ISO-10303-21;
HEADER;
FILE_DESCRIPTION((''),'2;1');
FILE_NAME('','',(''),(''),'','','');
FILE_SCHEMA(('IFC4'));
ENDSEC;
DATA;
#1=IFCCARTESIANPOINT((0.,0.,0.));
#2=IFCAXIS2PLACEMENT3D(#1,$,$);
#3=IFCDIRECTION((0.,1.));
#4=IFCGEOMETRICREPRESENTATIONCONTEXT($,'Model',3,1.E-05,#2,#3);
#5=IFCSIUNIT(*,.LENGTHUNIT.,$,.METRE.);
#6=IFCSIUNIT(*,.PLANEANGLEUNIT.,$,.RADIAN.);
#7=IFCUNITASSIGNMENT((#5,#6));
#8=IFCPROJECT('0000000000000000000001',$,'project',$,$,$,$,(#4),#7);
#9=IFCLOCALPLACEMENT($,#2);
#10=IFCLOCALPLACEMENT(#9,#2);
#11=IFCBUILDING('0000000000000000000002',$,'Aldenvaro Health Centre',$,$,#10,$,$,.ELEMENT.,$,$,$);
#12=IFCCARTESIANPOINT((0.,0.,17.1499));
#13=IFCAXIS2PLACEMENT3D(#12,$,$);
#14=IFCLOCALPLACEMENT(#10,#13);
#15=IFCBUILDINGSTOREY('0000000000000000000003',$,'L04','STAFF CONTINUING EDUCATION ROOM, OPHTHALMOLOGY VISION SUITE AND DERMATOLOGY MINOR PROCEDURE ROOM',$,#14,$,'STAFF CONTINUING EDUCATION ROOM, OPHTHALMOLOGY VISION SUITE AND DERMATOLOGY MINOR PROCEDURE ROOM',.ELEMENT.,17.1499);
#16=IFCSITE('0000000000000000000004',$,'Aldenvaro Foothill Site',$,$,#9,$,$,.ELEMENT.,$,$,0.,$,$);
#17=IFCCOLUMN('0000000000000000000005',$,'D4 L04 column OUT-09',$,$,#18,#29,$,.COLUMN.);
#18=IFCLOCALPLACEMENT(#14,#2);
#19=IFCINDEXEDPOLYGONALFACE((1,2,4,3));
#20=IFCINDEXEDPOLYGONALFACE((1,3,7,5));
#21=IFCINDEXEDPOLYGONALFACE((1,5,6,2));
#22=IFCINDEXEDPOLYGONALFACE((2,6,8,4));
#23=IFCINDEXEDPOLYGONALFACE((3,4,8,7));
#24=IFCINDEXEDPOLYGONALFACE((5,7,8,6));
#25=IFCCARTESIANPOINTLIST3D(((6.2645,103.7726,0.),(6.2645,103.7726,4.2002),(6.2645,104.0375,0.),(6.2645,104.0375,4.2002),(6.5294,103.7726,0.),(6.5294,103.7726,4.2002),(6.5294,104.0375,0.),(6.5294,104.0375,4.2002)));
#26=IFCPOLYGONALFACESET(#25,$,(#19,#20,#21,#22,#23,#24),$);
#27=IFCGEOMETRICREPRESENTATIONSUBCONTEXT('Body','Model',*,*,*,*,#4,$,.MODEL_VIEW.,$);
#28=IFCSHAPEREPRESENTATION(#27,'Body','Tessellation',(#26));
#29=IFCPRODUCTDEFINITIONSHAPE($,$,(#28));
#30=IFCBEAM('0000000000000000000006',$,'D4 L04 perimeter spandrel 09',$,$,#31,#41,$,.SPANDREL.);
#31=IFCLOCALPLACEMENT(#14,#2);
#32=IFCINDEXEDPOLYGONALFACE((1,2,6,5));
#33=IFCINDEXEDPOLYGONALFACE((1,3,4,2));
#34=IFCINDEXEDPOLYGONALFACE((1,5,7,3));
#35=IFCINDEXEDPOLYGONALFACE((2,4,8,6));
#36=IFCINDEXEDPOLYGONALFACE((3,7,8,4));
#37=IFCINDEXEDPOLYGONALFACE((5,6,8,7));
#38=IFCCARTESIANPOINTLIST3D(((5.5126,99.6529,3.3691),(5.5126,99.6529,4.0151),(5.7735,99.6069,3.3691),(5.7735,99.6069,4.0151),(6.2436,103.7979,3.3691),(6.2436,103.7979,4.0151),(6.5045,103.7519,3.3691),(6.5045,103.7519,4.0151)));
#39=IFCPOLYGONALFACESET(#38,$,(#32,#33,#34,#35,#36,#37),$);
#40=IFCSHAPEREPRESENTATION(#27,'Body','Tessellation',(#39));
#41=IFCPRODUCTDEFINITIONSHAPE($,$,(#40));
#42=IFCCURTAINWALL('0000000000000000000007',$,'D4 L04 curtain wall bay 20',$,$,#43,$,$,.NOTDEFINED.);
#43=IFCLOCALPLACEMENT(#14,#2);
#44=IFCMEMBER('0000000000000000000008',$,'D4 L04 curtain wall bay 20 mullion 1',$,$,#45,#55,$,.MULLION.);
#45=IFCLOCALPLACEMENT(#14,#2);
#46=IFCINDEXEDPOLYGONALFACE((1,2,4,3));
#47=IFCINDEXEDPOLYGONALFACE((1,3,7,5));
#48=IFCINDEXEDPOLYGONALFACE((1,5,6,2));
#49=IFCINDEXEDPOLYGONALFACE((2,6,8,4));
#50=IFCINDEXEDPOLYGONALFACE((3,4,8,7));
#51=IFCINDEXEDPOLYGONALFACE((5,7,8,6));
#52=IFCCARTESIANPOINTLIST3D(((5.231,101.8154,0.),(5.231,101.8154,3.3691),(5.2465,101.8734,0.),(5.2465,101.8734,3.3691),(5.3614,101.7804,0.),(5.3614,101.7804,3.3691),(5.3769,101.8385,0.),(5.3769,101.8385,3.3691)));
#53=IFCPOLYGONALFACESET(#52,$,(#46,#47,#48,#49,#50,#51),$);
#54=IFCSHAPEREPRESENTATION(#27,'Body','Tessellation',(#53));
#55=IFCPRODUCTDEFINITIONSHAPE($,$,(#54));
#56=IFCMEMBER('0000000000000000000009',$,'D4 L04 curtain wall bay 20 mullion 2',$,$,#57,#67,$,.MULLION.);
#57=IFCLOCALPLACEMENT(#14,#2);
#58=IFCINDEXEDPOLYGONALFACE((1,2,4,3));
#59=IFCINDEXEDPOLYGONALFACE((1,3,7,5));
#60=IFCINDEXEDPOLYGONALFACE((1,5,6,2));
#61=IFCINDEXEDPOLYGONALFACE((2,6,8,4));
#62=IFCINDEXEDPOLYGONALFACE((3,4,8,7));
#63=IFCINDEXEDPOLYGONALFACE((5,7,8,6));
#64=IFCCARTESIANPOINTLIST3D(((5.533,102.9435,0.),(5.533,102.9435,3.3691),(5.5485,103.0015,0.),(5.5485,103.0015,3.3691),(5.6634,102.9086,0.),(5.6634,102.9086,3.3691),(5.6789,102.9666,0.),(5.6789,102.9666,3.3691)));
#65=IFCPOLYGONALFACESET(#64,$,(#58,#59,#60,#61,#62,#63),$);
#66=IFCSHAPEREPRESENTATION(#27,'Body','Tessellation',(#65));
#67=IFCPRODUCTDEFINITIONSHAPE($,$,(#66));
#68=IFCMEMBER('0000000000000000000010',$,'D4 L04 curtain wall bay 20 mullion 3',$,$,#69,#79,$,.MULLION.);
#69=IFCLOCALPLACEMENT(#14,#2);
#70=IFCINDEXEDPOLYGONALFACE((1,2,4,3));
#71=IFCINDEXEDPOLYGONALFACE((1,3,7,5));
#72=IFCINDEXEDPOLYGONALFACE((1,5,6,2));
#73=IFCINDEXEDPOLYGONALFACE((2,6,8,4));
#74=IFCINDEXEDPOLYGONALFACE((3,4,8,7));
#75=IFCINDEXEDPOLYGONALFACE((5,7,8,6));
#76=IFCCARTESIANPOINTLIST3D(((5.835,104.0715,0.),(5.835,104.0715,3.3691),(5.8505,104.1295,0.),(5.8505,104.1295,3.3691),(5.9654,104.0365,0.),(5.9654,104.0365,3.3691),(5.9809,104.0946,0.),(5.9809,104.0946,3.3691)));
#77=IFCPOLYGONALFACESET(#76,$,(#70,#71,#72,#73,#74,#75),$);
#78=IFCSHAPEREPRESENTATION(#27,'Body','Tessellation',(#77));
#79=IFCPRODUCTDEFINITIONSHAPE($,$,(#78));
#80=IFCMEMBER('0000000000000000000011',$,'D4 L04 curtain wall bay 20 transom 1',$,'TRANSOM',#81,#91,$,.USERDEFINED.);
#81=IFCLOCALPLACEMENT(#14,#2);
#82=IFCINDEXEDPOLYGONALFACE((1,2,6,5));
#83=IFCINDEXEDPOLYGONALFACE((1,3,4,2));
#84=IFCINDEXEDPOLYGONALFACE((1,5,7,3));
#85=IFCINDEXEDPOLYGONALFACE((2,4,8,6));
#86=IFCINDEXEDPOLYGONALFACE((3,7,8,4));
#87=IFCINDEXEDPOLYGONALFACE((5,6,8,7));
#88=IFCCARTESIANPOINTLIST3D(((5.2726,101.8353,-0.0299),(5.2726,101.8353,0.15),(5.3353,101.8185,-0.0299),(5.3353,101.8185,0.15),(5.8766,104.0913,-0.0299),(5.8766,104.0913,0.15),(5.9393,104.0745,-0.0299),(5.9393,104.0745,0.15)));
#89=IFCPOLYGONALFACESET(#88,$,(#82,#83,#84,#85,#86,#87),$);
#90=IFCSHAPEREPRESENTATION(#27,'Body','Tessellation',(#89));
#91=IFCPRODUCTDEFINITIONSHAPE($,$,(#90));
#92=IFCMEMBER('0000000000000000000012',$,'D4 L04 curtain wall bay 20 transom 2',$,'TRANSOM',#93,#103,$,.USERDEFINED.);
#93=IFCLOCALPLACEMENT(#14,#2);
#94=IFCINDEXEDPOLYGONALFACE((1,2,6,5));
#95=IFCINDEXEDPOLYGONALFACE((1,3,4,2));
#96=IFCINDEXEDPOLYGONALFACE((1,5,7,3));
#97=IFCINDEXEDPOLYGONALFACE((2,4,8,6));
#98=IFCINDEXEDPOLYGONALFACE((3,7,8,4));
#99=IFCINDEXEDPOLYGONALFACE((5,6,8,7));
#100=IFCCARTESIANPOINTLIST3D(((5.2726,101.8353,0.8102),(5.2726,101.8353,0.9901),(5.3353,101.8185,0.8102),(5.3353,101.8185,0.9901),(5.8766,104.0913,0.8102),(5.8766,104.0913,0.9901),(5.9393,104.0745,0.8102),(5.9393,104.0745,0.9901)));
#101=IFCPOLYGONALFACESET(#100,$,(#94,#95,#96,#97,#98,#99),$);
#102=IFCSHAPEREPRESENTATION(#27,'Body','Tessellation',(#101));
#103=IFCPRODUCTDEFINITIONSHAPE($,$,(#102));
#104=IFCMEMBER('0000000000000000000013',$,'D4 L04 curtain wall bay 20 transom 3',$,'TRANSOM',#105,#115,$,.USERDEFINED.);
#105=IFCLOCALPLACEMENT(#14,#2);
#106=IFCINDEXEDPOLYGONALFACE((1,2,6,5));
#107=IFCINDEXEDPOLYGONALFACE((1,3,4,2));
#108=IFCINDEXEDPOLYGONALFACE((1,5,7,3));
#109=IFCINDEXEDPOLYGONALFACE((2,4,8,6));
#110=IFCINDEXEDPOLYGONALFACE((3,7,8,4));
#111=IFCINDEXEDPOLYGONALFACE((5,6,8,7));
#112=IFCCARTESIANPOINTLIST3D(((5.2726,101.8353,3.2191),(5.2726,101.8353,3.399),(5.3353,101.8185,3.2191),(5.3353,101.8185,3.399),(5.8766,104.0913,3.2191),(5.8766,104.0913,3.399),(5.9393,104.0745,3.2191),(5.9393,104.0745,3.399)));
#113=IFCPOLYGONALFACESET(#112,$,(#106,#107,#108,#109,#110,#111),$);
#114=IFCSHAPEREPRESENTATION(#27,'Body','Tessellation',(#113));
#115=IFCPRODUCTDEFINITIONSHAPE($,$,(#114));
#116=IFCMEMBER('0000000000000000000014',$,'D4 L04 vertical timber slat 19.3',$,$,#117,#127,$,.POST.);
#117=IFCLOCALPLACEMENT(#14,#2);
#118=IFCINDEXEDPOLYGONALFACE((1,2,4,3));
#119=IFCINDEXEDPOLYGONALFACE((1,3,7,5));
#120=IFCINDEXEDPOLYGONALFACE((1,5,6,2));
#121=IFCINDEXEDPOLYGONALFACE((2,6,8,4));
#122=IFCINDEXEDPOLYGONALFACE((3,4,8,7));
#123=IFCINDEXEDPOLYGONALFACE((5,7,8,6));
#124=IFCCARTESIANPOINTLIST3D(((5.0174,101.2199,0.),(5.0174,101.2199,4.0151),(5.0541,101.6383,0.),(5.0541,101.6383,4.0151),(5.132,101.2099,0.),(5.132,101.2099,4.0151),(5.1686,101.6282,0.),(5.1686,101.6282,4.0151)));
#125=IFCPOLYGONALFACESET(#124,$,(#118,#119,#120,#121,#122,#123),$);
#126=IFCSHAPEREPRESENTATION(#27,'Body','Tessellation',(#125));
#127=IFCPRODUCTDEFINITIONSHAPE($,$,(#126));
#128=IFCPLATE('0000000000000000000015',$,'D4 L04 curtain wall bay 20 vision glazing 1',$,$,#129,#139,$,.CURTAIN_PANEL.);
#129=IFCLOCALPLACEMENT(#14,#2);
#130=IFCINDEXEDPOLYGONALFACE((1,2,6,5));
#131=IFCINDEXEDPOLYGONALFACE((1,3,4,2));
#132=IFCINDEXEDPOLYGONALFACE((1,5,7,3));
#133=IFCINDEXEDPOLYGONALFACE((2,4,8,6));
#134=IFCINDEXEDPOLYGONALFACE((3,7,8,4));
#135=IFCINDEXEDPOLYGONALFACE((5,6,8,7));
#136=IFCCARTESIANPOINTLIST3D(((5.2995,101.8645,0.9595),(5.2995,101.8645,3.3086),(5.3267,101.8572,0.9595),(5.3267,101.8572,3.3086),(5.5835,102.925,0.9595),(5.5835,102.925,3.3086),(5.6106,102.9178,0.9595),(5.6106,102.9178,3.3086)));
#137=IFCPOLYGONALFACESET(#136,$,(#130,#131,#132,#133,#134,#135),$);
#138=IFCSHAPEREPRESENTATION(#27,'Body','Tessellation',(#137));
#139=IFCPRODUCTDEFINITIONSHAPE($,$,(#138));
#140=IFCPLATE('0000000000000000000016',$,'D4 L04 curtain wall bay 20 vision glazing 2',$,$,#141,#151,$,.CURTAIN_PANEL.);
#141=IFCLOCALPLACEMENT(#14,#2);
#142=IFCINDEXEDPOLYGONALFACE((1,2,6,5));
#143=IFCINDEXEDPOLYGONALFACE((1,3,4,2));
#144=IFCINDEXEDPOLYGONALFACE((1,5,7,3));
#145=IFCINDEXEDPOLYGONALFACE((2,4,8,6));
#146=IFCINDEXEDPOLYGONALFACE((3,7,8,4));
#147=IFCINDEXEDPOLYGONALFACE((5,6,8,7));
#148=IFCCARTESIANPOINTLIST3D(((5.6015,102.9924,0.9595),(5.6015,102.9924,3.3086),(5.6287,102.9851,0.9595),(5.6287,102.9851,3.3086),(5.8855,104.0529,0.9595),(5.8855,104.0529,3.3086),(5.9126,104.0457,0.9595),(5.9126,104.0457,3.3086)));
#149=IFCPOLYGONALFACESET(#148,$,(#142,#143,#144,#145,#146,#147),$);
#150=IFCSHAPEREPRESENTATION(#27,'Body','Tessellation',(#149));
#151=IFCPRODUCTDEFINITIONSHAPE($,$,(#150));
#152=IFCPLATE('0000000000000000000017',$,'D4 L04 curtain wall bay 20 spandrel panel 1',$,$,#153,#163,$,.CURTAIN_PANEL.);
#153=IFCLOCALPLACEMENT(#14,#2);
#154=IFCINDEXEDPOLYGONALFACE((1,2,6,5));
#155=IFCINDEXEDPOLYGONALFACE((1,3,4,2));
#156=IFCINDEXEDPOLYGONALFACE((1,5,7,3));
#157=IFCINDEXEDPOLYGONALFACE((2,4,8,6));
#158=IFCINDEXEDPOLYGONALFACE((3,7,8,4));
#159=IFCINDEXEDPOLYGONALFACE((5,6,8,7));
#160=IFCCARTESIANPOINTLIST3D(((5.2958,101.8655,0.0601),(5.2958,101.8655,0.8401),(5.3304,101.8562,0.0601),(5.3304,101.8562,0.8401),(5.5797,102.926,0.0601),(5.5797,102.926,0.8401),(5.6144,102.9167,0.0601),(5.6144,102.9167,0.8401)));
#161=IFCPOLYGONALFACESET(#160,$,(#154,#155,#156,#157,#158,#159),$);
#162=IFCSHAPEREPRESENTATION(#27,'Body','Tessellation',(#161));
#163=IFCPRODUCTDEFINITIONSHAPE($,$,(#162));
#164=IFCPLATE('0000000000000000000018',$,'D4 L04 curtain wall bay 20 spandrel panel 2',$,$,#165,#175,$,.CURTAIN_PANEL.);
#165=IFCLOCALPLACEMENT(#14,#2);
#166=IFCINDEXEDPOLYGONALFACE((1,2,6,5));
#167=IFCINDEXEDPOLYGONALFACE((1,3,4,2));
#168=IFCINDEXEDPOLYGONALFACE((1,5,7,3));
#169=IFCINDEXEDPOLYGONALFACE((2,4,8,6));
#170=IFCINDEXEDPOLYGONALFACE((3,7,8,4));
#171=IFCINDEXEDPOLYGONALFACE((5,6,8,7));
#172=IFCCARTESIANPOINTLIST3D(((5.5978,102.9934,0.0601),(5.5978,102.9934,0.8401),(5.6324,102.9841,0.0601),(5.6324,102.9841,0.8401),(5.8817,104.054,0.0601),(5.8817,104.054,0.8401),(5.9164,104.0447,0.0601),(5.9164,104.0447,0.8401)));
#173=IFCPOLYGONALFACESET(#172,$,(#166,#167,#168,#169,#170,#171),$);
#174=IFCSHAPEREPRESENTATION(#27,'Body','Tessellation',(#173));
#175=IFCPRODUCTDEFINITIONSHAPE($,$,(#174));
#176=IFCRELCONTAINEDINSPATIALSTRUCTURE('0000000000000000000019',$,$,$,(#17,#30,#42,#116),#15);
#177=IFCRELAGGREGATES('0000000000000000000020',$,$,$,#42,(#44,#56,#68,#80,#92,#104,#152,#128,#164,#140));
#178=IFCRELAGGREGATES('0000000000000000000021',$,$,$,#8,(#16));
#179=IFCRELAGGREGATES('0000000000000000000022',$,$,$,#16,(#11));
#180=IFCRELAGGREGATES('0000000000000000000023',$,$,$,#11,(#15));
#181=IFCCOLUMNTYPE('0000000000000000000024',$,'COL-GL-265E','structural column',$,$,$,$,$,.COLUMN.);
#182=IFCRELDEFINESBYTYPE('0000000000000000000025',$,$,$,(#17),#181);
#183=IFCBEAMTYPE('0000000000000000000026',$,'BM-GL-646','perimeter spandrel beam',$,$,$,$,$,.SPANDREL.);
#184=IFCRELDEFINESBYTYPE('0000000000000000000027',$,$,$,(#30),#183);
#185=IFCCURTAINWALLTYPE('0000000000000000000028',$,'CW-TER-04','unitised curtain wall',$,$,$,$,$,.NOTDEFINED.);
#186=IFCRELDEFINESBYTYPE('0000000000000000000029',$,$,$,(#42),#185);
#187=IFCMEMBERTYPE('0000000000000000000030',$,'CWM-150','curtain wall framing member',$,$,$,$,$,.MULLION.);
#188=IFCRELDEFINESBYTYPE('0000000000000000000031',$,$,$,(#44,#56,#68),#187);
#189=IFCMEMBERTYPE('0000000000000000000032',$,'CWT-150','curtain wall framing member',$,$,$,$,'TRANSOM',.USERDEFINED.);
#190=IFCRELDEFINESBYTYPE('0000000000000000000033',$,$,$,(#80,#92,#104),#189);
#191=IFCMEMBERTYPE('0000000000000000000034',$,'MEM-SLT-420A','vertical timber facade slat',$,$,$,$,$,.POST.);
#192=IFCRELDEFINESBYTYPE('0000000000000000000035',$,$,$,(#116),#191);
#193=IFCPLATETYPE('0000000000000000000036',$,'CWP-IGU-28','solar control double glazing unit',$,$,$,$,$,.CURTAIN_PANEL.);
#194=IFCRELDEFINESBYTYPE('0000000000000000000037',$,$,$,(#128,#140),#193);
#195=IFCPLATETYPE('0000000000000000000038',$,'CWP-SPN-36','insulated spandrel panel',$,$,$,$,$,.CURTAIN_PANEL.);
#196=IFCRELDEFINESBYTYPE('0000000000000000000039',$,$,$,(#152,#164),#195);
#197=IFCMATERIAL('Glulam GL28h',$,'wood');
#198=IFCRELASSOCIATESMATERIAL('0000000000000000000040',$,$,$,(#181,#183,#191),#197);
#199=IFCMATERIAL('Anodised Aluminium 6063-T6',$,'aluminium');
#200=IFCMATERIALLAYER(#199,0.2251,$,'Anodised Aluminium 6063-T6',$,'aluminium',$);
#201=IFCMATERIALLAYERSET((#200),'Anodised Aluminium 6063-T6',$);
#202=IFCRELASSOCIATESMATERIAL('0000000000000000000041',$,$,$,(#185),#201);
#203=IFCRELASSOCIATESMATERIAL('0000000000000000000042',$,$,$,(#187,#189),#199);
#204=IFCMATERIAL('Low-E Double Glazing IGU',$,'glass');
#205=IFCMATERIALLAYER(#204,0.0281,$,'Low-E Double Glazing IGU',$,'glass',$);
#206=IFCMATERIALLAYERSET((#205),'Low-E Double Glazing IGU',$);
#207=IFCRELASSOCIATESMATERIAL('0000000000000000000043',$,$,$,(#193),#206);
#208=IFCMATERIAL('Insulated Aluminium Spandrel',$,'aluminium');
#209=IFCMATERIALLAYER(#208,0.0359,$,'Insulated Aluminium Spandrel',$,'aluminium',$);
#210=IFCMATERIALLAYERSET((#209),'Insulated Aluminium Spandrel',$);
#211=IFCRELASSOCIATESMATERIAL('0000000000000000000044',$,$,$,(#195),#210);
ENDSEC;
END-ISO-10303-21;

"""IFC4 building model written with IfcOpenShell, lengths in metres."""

from ifc_helpers import new_model, si_unit, direction, frame, origin, origin_2d, place, context, subcontext, project, spatial, rectangle, extrude, material, layer, layer_set, material_profile, profile_set, type_object, element, aggregate, save


model = new_model("IFC4")

# Units and contexts
model_context = context("Model", 3, precision=1e-05, world=origin(), true_north=direction((0.0, 1.0)))
body_context = subcontext(model_context, "Body", "Model", "MODEL_VIEW")
ifc_project = project(units=[si_unit("LENGTHUNIT", "METRE"), si_unit("PLANEANGLEUNIT", "RADIAN")], contexts=[model_context])

# Site, building, storey
site_placement = place(None, origin())
site = spatial("IfcSite", under=ifc_project, at=site_placement, Name="Aldenvaro Foothill Site", CompositionType="ELEMENT", RefElevation=0.0)
building_placement = place(site_placement, origin())
building = spatial("IfcBuilding", under=site, at=building_placement, Name="Aldenvaro Health Centre", CompositionType="ELEMENT")
storey_placement = place(building_placement, frame((0.0, 0.0, 17.1499)))
storey = spatial("IfcBuildingStorey", under=building, at=storey_placement, Name="L04", Description="STAFF CONTINUING EDUCATION ROOM, OPHTHALMOLOGY VISION SUITE AND DERMATOLOGY MINOR PROCEDURE ROOM", LongName="STAFF CONTINUING EDUCATION ROOM, OPHTHALMOLOGY VISION SUITE AND DERMATOLOGY MINOR PROCEDURE ROOM", CompositionType="ELEMENT", Elevation=17.1499)

# Column
ifc_material_1 = material(Name="Glulam GL28h", Category="wood")
ifc_material_profile_1 = material_profile(ifc_material_1, rectangle(XDim=0.2649, YDim=0.2649, at=origin_2d()), Name="GL 265x265", Category="wood")
ifc_profile_set_1 = profile_set([ifc_material_profile_1], Name="Glulam GL28h")
column_type = type_object("IfcColumnType", Name="COL-GL-265E", Description="structural column", PredefinedType="COLUMN", material=ifc_profile_set_1)
column_placement = place(storey_placement, frame((6.397, 103.905, 0.0), z_axis=(0.0, 0.0, 1.0), x_axis=(1.0, 0.0, 0.0)))
element("IfcColumn", 1, at=column_placement, inside=storey, type_object=column_type, Name="D4 L04 column OUT-09", PredefinedType="COLUMN", context=body_context, shape_type="SweptSolid", body=[
    extrude(rectangle(XDim=0.2649, YDim=0.2649, at=origin_2d()), origin(), (0.0, 0.0, 1.0), 4.2002),
])

# Beam
ifc_material_profile_2 = material_profile(ifc_material_1, rectangle(XDim=0.2649, YDim=0.646, at=origin_2d()), Name="GL 265x646", Category="wood")
ifc_profile_set_2 = profile_set([ifc_material_profile_2], Name="Glulam GL28h")
beam_type = type_object("IfcBeamType", Name="BM-GL-646", Description="perimeter spandrel beam", PredefinedType="SPANDREL", material=ifc_profile_set_2)
beam_placement = place(storey_placement, frame((6.374, 103.7749, 3.6921), z_axis=(-0.173666, -0.984805, 0.0), x_axis=(0.984805, -0.173666, 0.0)))
element("IfcBeam", 2, at=beam_placement, inside=storey, type_object=beam_type, Name="D4 L04 perimeter spandrel 09", PredefinedType="SPANDREL", context=body_context, shape_type="SweptSolid", body=[
    extrude(rectangle(XDim=0.2649, YDim=0.646, at=origin_2d()), origin(), (0.0, 0.0, 1.0), 4.209),
])

# Curtain wall, members
ifc_material_2 = material(Name="Anodised Aluminium 6063-T6", Category="aluminium")
ifc_layer_1 = layer(ifc_material_2, 0.2251, Name="Anodised Aluminium 6063-T6", Category="aluminium")
ifc_layer_set_1 = layer_set([ifc_layer_1], Name="Anodised Aluminium 6063-T6")
curtain_wall_type = type_object("IfcCurtainWallType", Name="CW-TER-04", Description="unitised curtain wall", PredefinedType="NOTDEFINED", material=ifc_layer_set_1)
curtain_wall_placement = place(storey_placement, origin())
curtain_wall = element("IfcCurtainWall", 3, at=curtain_wall_placement, inside=storey, type_object=curtain_wall_type, Name="D4 L04 curtain wall bay 20", PredefinedType="NOTDEFINED")
ifc_material_profile_3 = material_profile(ifc_material_2, rectangle(XDim=0.0601, YDim=0.135, at=origin_2d()), Name="ALU 60x135", Category="aluminium")
ifc_profile_set_3 = profile_set([ifc_material_profile_3], Name="Anodised Aluminium 6063-T6")
member_type_1 = type_object("IfcMemberType", Name="CWM-150", Description="curtain wall framing member", PredefinedType="MULLION", material=ifc_profile_set_3)
member_1_placement = place(storey_placement, frame((5.304, 101.8269, 0.0), z_axis=(0.0, 0.0, 1.0), x_axis=(0.258622, 0.965979, 0.0)))
member_1 = element("IfcMember", 4, at=member_1_placement, type_object=member_type_1, Name="D4 L04 curtain wall bay 20 mullion 1", PredefinedType="MULLION", context=body_context, shape_type="SweptSolid", body=[
    extrude(rectangle(XDim=0.0601, YDim=0.135, at=origin_2d()), origin(), (0.0, 0.0, 1.0), 3.3691),
])
member_2_placement = place(storey_placement, frame((5.606, 102.9551, 0.0), z_axis=(0.0, 0.0, 1.0), x_axis=(0.258622, 0.965979, 0.0)))
member_2 = element("IfcMember", 5, at=member_2_placement, type_object=member_type_1, Name="D4 L04 curtain wall bay 20 mullion 2", PredefinedType="MULLION", context=body_context, shape_type="SweptSolid", body=[
    extrude(rectangle(XDim=0.0601, YDim=0.135, at=origin_2d()), origin(), (0.0, 0.0, 1.0), 3.3691),
])
member_3_placement = place(storey_placement, frame((5.908, 104.083, 0.0), z_axis=(0.0, 0.0, 1.0), x_axis=(0.258622, 0.965979, 0.0)))
member_3 = element("IfcMember", 6, at=member_3_placement, type_object=member_type_1, Name="D4 L04 curtain wall bay 20 mullion 3", PredefinedType="MULLION", context=body_context, shape_type="SweptSolid", body=[
    extrude(rectangle(XDim=0.0601, YDim=0.135, at=origin_2d()), origin(), (0.0, 0.0, 1.0), 3.3691),
])
ifc_material_profile_4 = material_profile(ifc_material_2, rectangle(XDim=0.0649, YDim=0.1799, at=origin_2d()), Name="ALU 65x180", Category="aluminium")
ifc_profile_set_4 = profile_set([ifc_material_profile_4], Name="Anodised Aluminium 6063-T6")
member_type_2 = type_object("IfcMemberType", Name="CWT-150", Description="curtain wall framing member", ElementType="TRANSOM", PredefinedType="USERDEFINED", material=ifc_profile_set_4)
member_4_placement = place(storey_placement, frame((5.304, 101.8269, 0.0601), z_axis=(0.258612, 0.965981, 0.0), x_axis=(-0.965981, 0.258612, 0.0)))
member_4 = element("IfcMember", 7, at=member_4_placement, type_object=member_type_2, Name="D4 L04 curtain wall bay 20 transom 1", ObjectType="TRANSOM", PredefinedType="USERDEFINED", context=body_context, shape_type="SweptSolid", body=[
    extrude(rectangle(XDim=0.0649, YDim=0.1799, at=origin_2d()), origin(), (0.0, 0.0, 1.0), 2.3354),
])
member_5_placement = place(storey_placement, frame((5.304, 101.8269, 0.9001), z_axis=(0.258612, 0.965981, 0.0), x_axis=(-0.965981, 0.258612, 0.0)))
member_5 = element("IfcMember", 8, at=member_5_placement, type_object=member_type_2, Name="D4 L04 curtain wall bay 20 transom 2", ObjectType="TRANSOM", PredefinedType="USERDEFINED", context=body_context, shape_type="SweptSolid", body=[
    extrude(rectangle(XDim=0.0649, YDim=0.1799, at=origin_2d()), origin(), (0.0, 0.0, 1.0), 2.3354),
])
member_6_placement = place(storey_placement, frame((5.304, 101.8269, 3.3091), z_axis=(0.258612, 0.965981, 0.0), x_axis=(-0.965981, 0.258612, 0.0)))
member_6 = element("IfcMember", 9, at=member_6_placement, type_object=member_type_2, Name="D4 L04 curtain wall bay 20 transom 3", ObjectType="TRANSOM", PredefinedType="USERDEFINED", context=body_context, shape_type="SweptSolid", body=[
    extrude(rectangle(XDim=0.0649, YDim=0.1799, at=origin_2d()), origin(), (0.0, 0.0, 1.0), 2.3354),
])

# Member
ifc_material_profile_5 = material_profile(ifc_material_1, rectangle(XDim=0.115, YDim=0.4199, at=origin_2d()), Name="GL 115x420", Category="wood")
ifc_profile_set_5 = profile_set([ifc_material_profile_5], Name="Glulam GL28h")
member_type_3 = type_object("IfcMemberType", Name="MEM-SLT-420A", Description="vertical timber facade slat", PredefinedType="POST", material=ifc_profile_set_5)
member_7_placement = place(storey_placement, frame((5.093, 101.4241, 0.0), z_axis=(0.0, 0.0, 1.0), x_axis=(-0.996179, 0.087332, 0.0)))
element("IfcMember", 10, at=member_7_placement, inside=storey, type_object=member_type_3, Name="D4 L04 vertical timber slat 19.3", PredefinedType="POST", context=body_context, shape_type="SweptSolid", body=[
    extrude(rectangle(XDim=0.115, YDim=0.4199, at=origin_2d()), origin(), (0.0, 0.0, 1.0), 4.0151),
])

# Plates
ifc_material_3 = material(Name="Low-E Double Glazing IGU", Category="glass")
ifc_layer_2 = layer(ifc_material_3, 0.0281, Name="Low-E Double Glazing IGU", Category="glass")
ifc_layer_set_2 = layer_set([ifc_layer_2], Name="Low-E Double Glazing IGU")
plate_type_1 = type_object("IfcPlateType", Name="CWP-IGU-28", Description="solar control double glazing unit", PredefinedType="CURTAIN_PANEL", material=ifc_layer_set_2)
plate_1_placement = place(storey_placement, frame((5.4551, 102.3911, 0.9595), z_axis=(0.0, 0.0, 1.0), x_axis=(0.258622, 0.965979, 0.0)))
plate_1 = element("IfcPlate", 11, at=plate_1_placement, type_object=plate_type_1, Name="D4 L04 curtain wall bay 20 vision glazing 1", PredefinedType="CURTAIN_PANEL", context=body_context, shape_type="SweptSolid", body=[
    extrude(rectangle(XDim=1.0979, YDim=0.0281, at=origin_2d()), origin(), (0.0, 0.0, 1.0), 2.3491),
])
plate_2_placement = place(storey_placement, frame((5.7571, 103.519, 0.9595), z_axis=(0.0, 0.0, 1.0), x_axis=(0.258622, 0.965979, 0.0)))
plate_2 = element("IfcPlate", 12, at=plate_2_placement, type_object=plate_type_1, Name="D4 L04 curtain wall bay 20 vision glazing 2", PredefinedType="CURTAIN_PANEL", context=body_context, shape_type="SweptSolid", body=[
    extrude(rectangle(XDim=1.0979, YDim=0.0281, at=origin_2d()), origin(), (0.0, 0.0, 1.0), 2.3491),
])
ifc_material_4 = material(Name="Insulated Aluminium Spandrel", Category="aluminium")
ifc_layer_3 = layer(ifc_material_4, 0.0359, Name="Insulated Aluminium Spandrel", Category="aluminium")
ifc_layer_set_3 = layer_set([ifc_layer_3], Name="Insulated Aluminium Spandrel")
plate_type_2 = type_object("IfcPlateType", Name="CWP-SPN-36", Description="insulated spandrel panel", PredefinedType="CURTAIN_PANEL", material=ifc_layer_set_3)
plate_3_placement = place(storey_placement, frame((5.4551, 102.3911, 0.0601), z_axis=(0.0, 0.0, 1.0), x_axis=(0.258622, 0.965979, 0.0)))
plate_3 = element("IfcPlate", 13, at=plate_3_placement, type_object=plate_type_2, Name="D4 L04 curtain wall bay 20 spandrel panel 1", PredefinedType="CURTAIN_PANEL", context=body_context, shape_type="SweptSolid", body=[
    extrude(rectangle(XDim=1.0979, YDim=0.0359, at=origin_2d()), origin(), (0.0, 0.0, 1.0), 0.78),
])
plate_4_placement = place(storey_placement, frame((5.7571, 103.519, 0.0601), z_axis=(0.0, 0.0, 1.0), x_axis=(0.258622, 0.965979, 0.0)))
plate_4 = element("IfcPlate", 14, at=plate_4_placement, type_object=plate_type_2, Name="D4 L04 curtain wall bay 20 spandrel panel 2", PredefinedType="CURTAIN_PANEL", context=body_context, shape_type="SweptSolid", body=[
    extrude(rectangle(XDim=1.0979, YDim=0.0359, at=origin_2d()), origin(), (0.0, 0.0, 1.0), 0.78),
])
aggregate(curtain_wall, [member_1, member_2, member_3, member_4, member_5, member_6, plate_3, plate_1, plate_4, plate_2])

save(model, "model.ifc")
